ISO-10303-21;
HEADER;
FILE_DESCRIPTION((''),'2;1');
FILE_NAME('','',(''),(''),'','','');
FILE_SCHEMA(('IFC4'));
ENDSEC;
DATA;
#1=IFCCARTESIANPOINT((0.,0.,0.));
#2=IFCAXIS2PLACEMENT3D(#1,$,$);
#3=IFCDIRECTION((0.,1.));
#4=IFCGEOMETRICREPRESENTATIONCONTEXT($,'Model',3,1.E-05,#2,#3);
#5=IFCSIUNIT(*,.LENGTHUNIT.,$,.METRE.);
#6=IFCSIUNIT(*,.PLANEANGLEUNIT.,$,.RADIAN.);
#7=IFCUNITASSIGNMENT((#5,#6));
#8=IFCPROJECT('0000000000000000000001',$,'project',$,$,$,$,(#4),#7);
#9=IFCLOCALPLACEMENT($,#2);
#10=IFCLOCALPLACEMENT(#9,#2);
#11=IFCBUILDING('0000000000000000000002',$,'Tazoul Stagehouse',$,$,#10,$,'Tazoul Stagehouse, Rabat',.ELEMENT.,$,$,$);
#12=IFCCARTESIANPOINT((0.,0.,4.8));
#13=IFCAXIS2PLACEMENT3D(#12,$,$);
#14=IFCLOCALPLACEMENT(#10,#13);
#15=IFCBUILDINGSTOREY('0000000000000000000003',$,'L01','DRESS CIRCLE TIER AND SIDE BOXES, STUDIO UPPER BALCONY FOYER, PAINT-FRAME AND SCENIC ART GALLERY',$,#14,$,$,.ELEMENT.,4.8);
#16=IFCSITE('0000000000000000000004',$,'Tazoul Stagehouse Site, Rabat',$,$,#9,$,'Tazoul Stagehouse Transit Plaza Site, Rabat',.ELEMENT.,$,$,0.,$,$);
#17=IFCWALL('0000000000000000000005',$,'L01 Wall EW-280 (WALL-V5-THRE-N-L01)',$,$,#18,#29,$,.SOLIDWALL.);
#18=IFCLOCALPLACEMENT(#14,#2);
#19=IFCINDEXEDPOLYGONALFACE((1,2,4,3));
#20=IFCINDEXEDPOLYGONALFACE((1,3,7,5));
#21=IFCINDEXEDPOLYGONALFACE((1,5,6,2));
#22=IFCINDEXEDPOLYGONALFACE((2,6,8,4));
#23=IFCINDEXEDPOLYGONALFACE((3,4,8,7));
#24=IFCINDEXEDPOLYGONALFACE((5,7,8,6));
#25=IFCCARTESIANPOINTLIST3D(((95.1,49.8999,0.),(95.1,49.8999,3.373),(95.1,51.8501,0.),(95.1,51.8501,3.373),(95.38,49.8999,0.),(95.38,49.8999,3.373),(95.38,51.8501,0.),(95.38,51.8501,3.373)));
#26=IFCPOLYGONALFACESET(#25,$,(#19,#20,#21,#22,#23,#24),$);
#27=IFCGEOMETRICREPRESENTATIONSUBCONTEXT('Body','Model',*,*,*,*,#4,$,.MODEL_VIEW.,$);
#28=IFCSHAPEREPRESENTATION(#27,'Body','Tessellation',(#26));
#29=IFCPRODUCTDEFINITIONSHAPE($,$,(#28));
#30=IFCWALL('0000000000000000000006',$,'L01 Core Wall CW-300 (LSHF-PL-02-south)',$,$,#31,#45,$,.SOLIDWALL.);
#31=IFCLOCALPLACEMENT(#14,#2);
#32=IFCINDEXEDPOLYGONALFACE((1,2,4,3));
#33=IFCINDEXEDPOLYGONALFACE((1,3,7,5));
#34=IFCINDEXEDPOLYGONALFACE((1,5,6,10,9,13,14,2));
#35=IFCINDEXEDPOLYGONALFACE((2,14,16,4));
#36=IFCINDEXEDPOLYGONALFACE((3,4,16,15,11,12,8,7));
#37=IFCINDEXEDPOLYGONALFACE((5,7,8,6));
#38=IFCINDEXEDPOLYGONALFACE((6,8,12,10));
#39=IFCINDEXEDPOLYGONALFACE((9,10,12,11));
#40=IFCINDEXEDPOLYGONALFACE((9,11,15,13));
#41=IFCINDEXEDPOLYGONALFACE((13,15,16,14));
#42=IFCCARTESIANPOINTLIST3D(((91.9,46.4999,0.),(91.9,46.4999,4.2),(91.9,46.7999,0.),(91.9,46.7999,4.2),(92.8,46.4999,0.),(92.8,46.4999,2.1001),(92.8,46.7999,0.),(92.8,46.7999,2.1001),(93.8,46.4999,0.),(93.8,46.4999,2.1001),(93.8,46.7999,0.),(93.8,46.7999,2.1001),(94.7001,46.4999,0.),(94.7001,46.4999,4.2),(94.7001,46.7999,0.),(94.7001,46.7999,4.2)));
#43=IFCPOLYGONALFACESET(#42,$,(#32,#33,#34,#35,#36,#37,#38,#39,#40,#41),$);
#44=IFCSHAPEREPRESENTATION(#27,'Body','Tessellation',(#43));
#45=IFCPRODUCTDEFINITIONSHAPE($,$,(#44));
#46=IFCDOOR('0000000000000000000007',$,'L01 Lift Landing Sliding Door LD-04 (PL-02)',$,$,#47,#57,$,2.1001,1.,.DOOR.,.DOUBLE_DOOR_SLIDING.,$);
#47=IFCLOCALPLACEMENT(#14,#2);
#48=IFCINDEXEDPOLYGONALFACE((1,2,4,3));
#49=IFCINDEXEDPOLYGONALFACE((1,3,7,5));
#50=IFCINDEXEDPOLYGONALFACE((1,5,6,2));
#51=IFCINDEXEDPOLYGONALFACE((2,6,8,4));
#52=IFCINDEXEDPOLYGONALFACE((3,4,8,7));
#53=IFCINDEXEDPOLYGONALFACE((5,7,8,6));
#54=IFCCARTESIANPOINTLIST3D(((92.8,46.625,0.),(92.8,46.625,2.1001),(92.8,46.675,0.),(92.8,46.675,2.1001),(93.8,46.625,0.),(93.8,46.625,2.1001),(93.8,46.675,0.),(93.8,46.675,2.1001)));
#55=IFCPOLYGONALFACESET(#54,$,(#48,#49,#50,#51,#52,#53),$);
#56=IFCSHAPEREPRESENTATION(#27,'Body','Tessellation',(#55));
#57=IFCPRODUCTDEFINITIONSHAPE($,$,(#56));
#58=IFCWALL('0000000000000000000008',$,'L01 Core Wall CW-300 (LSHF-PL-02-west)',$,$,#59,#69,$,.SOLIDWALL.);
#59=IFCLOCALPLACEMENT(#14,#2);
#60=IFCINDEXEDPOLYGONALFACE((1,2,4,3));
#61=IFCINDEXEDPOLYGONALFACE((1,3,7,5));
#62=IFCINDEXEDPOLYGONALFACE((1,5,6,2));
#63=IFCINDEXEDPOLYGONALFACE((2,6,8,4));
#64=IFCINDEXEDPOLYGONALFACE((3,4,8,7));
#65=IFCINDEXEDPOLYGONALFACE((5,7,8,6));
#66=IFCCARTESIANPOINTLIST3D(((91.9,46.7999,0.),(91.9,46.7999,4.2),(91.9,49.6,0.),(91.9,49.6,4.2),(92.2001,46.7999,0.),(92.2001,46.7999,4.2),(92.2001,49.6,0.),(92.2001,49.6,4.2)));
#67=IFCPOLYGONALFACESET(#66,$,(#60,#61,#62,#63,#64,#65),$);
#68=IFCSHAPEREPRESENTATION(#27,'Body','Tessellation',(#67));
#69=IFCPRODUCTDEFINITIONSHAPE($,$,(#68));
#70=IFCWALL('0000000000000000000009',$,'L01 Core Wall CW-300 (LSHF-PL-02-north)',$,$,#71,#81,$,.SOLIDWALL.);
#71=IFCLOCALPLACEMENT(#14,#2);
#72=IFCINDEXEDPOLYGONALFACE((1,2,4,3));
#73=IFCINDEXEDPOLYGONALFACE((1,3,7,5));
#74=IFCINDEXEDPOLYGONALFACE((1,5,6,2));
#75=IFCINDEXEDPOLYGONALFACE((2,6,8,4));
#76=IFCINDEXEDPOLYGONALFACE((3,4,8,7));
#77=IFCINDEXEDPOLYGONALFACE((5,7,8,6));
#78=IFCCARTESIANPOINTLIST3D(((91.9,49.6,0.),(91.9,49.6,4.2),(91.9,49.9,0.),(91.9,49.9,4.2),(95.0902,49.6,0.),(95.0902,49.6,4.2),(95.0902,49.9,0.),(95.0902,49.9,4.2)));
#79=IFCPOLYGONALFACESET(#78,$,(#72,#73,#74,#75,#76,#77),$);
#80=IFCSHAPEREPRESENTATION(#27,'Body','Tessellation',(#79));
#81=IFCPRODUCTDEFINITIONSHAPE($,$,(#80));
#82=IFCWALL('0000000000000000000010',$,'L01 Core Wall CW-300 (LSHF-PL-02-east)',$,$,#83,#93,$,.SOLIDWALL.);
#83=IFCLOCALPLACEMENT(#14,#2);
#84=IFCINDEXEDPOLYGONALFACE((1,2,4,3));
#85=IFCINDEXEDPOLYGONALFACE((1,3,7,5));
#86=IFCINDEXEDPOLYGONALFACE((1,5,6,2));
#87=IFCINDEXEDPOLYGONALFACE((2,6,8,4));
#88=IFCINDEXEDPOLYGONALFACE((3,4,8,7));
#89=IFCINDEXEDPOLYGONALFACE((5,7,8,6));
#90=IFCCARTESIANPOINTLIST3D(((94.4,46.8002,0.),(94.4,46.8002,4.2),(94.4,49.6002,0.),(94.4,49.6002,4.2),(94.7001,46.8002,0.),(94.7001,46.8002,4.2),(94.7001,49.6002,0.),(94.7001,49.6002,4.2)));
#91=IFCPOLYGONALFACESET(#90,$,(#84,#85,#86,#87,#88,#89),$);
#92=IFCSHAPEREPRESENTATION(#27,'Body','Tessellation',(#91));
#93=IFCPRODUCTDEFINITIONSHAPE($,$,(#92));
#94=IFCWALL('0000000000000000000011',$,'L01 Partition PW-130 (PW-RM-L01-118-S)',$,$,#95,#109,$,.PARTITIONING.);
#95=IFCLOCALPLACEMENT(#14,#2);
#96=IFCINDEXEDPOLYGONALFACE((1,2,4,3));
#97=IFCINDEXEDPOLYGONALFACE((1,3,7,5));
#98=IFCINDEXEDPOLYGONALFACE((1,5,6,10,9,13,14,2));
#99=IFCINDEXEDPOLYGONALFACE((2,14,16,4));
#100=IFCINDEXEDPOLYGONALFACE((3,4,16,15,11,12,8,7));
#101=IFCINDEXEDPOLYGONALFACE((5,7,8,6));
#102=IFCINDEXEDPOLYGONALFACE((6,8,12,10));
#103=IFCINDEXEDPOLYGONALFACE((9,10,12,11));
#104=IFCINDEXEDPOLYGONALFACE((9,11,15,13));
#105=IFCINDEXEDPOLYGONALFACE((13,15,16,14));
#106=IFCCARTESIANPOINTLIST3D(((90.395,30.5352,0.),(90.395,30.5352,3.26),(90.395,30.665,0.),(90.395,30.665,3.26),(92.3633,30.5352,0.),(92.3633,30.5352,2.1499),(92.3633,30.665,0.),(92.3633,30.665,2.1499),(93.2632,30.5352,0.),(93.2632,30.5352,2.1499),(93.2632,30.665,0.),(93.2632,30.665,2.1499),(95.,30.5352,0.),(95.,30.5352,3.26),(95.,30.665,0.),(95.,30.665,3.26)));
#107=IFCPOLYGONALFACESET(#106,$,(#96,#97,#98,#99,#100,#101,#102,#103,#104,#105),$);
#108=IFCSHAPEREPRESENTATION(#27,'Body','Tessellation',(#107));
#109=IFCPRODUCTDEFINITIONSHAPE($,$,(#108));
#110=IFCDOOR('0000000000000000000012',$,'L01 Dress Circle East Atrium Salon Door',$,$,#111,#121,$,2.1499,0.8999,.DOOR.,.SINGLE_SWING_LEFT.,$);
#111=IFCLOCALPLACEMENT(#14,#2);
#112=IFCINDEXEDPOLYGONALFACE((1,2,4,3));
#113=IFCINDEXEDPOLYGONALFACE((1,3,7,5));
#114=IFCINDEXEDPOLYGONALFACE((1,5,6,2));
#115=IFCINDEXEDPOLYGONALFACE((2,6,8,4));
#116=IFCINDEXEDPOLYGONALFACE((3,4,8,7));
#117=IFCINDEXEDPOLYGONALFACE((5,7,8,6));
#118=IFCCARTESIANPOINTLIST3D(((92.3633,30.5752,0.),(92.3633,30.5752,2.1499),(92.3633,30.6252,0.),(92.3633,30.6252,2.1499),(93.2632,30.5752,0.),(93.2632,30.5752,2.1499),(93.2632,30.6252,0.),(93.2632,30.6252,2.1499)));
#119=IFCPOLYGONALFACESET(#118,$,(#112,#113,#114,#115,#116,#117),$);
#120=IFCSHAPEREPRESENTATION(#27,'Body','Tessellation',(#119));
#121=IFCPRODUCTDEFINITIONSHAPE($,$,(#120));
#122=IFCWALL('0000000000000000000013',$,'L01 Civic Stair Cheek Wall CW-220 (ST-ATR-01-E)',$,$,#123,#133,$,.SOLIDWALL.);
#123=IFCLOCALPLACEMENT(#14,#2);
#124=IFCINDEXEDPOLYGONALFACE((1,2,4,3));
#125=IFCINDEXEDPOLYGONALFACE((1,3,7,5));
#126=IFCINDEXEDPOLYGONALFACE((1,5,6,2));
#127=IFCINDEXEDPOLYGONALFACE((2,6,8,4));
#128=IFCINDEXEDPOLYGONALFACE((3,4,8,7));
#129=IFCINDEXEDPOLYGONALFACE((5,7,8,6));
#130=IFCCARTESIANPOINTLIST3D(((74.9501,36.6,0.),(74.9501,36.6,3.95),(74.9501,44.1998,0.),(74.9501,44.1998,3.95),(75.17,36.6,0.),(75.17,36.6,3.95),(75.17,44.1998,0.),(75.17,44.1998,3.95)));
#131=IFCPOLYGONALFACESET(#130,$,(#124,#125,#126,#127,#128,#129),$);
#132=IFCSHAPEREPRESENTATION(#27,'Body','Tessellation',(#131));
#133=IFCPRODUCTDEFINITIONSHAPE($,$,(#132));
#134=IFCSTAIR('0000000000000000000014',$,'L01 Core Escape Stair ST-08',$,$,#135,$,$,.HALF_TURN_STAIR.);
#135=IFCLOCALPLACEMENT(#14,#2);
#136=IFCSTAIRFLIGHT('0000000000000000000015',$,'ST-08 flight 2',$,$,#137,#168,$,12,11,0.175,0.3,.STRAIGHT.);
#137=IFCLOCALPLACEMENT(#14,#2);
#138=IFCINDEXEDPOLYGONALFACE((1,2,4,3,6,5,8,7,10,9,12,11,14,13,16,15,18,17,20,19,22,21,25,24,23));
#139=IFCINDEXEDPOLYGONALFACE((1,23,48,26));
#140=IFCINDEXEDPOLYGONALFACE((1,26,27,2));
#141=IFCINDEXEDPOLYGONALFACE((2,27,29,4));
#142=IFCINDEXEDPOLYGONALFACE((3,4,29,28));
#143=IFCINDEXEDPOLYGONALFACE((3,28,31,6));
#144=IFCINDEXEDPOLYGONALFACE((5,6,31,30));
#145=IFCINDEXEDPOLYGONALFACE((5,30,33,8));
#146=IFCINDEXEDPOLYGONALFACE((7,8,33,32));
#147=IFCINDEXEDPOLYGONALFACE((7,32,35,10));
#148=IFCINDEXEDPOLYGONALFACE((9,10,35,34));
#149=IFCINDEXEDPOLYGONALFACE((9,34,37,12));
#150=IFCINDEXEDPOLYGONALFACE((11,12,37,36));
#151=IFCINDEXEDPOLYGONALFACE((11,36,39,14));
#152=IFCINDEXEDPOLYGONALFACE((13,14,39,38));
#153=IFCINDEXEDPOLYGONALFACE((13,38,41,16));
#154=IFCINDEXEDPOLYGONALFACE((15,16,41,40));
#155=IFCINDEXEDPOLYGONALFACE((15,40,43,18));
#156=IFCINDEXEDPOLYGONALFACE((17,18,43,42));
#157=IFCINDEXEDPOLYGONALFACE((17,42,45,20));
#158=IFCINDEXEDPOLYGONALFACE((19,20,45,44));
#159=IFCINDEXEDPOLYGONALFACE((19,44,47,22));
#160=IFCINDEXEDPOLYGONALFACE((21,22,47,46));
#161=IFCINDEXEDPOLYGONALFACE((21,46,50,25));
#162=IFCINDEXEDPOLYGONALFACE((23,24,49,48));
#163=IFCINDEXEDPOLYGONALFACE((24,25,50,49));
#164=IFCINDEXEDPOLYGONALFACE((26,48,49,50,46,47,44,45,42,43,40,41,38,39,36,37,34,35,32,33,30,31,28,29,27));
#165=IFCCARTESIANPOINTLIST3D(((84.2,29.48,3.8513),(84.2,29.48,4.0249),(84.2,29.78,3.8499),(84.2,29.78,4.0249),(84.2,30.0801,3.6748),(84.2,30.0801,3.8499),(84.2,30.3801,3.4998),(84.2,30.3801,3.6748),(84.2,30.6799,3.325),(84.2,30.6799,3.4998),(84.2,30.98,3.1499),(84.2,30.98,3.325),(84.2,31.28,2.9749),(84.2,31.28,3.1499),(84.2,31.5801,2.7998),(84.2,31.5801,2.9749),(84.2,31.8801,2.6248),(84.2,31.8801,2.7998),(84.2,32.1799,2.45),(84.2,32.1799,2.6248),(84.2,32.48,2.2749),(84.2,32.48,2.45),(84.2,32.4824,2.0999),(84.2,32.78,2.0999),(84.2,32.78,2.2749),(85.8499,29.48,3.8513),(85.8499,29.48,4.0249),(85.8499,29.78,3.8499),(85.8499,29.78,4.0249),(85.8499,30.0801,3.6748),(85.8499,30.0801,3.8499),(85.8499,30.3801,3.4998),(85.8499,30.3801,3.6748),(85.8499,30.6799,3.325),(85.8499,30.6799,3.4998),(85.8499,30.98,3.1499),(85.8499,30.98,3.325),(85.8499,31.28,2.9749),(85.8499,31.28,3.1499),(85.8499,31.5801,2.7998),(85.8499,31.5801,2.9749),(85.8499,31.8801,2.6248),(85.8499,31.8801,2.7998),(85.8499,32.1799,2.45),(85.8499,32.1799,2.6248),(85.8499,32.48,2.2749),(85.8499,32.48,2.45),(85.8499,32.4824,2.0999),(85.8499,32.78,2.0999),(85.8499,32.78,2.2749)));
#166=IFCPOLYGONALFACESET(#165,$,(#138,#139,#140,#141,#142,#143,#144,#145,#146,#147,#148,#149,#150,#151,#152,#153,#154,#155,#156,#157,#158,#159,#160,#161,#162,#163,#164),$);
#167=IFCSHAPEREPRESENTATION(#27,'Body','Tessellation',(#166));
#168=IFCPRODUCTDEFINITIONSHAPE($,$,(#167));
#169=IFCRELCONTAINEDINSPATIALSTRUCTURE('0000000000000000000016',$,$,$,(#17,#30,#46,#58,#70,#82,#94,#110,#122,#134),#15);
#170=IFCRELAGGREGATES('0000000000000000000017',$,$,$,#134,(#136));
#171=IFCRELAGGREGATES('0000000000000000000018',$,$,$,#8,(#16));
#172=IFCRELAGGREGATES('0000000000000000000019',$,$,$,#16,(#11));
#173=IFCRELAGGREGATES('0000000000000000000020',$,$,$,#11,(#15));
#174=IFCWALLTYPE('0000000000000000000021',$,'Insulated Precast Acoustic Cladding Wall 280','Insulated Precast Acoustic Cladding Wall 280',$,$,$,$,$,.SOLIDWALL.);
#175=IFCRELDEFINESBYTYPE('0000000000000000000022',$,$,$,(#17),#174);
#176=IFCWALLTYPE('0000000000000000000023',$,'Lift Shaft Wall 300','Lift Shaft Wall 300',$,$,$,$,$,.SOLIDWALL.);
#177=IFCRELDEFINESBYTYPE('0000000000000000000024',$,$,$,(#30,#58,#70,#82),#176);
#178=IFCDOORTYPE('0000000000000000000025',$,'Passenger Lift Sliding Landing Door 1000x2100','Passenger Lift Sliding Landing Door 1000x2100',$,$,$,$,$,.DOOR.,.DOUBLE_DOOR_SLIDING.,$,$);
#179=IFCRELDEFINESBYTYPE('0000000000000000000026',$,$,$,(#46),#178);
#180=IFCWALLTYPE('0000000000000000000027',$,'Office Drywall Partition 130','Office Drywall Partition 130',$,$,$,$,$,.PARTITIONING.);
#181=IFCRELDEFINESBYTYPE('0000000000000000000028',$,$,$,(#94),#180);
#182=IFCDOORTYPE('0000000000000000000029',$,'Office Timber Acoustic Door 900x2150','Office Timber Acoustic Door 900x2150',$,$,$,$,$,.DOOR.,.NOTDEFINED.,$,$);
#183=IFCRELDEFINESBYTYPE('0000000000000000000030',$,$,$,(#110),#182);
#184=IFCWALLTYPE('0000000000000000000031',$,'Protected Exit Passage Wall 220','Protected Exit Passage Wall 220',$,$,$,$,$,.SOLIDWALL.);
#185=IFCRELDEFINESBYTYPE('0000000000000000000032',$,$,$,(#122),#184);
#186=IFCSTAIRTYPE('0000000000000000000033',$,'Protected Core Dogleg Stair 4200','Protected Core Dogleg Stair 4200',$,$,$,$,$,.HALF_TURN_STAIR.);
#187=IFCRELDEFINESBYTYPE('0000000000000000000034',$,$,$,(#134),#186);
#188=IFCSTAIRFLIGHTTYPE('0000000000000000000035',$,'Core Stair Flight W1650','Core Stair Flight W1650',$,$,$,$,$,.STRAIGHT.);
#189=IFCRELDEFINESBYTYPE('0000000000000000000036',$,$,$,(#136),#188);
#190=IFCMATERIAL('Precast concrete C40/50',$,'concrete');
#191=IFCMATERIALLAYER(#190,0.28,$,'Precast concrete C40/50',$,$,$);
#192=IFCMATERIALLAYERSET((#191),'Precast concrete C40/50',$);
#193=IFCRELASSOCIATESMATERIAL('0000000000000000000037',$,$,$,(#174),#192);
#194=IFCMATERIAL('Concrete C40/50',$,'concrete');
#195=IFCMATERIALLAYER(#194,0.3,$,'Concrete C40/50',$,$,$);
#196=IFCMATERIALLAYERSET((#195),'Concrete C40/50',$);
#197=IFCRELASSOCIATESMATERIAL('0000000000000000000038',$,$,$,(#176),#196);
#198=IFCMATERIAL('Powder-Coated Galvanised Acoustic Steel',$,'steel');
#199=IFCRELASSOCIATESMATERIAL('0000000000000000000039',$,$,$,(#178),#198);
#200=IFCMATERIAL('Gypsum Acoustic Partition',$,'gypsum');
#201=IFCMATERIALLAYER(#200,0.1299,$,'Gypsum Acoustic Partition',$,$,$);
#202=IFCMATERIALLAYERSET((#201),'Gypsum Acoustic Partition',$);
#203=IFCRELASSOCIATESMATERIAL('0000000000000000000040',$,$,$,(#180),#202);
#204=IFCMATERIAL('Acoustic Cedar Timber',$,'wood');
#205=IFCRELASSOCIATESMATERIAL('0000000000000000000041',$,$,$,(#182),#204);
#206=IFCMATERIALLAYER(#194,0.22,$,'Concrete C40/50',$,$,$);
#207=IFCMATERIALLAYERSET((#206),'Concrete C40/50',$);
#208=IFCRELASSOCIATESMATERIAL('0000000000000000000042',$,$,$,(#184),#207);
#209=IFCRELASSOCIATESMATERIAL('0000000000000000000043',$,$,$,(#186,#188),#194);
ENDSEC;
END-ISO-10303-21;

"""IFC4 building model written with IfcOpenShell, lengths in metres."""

from ifc_helpers import new_model, si_unit, direction, frame, frame_2d, origin, place, context, subcontext, project, spatial, polyline, rectangle, outline, extrude, material, layer, layer_set, type_object, element, fill, aggregate, save


model = new_model("IFC4")

# Units and contexts
model_context = context("Model", 3, precision=1e-05, world=origin(), true_north=direction((0.0, 1.0)))
body_context = subcontext(model_context, "Body", "Model", "MODEL_VIEW")
ifc_project = project(units=[si_unit("LENGTHUNIT", "METRE"), si_unit("PLANEANGLEUNIT", "RADIAN")], contexts=[model_context])

# Site, building, storey
site_placement = place(None, origin())
site = spatial("IfcSite", under=ifc_project, at=site_placement, Name="Tazoul Stagehouse Site, Rabat", LongName="Tazoul Stagehouse Transit Plaza Site, Rabat", CompositionType="ELEMENT", RefElevation=0.0)
building_placement = place(site_placement, origin())
building = spatial("IfcBuilding", under=site, at=building_placement, Name="Tazoul Stagehouse", LongName="Tazoul Stagehouse, Rabat", CompositionType="ELEMENT")
storey_placement = place(building_placement, frame((0.0, 0.0, 4.8)))
storey = spatial("IfcBuildingStorey", under=building, at=storey_placement, Name="L01", Description="DRESS CIRCLE TIER AND SIDE BOXES, STUDIO UPPER BALCONY FOYER, PAINT-FRAME AND SCENIC ART GALLERY", CompositionType="ELEMENT", Elevation=4.8)

# Shared definitions
ifc_material_1 = material(Name="Concrete C40/50", Category="concrete")

# Shared definitions
ifc_material_2 = material(Name="Precast concrete C40/50", Category="concrete")
ifc_layer_1 = layer(ifc_material_2, 0.28, Name="Precast concrete C40/50")
ifc_layer_set_1 = layer_set([ifc_layer_1], Name="Precast concrete C40/50")
wall_type_1 = type_object("IfcWallType", Name="Insulated Precast Acoustic Cladding Wall 280", Description="Insulated Precast Acoustic Cladding Wall 280", PredefinedType="SOLIDWALL", material=ifc_layer_set_1)

# Wall
wall_1_placement = place(storey_placement, frame((95.24, 49.8999, 0.0), z_axis=(0.0, 0.0, 1.0), x_axis=(0.0, 1.0, 0.0)))
element("IfcWall", 1, at=wall_1_placement, inside=storey, type_object=wall_type_1, Name="L01 Wall EW-280 (WALL-V5-THRE-N-L01)", PredefinedType="SOLIDWALL", context=body_context, shape_type="SweptSolid", body=[
    extrude(rectangle(XDim=1.9502, YDim=0.28, at=frame_2d((0.9751, 0.0))), origin(), (0.0, 0.0, 1.0), 3.373),
])

# Wall, opening, door
ifc_layer_2 = layer(ifc_material_1, 0.3, Name="Concrete C40/50")
ifc_layer_set_2 = layer_set([ifc_layer_2], Name="Concrete C40/50")
wall_type_2 = type_object("IfcWallType", Name="Lift Shaft Wall 300", Description="Lift Shaft Wall 300", PredefinedType="SOLIDWALL", material=ifc_layer_set_2)
wall_2_placement = place(storey_placement, frame((94.7, 46.6499, 0.0), z_axis=(0.0, 0.0, 1.0), x_axis=(-1.0, 0.0, 0.0)))
wall_2 = element("IfcWall", 2, at=wall_2_placement, inside=storey, type_object=wall_type_2, Name="L01 Core Wall CW-300 (LSHF-PL-02-south)", PredefinedType="SOLIDWALL", context=body_context, shape_type="SweptSolid", body=[
    extrude(rectangle(XDim=2.8, YDim=0.3, at=frame_2d((1.3999, 0.0))), origin(), (0.0, 0.0, 1.0), 4.2),
])
opening_1_placement = place(wall_2_placement, frame((0.8999, 0.0, 0.0)))
opening_1 = element("IfcOpeningElement", 3, at=opening_1_placement, cuts=wall_2, PredefinedType="OPENING", context=body_context, shape_type="SweptSolid", body=[
    extrude(rectangle(XDim=1.0, YDim=2.1001, at=frame_2d((0.5, 1.05))), frame((0.0, 0.1699, 0.0), z_axis=(0.0, -1.0, 0.0), x_axis=(1.0, 0.0, 0.0)), (0.0, 0.0, 1.0), 0.3401),
])
ifc_material_3 = material(Name="Powder-Coated Galvanised Acoustic Steel", Category="steel")
door_type_1 = type_object("IfcDoorType", Name="Passenger Lift Sliding Landing Door 1000x2100", Description="Passenger Lift Sliding Landing Door 1000x2100", OperationType="DOUBLE_DOOR_SLIDING", PredefinedType="DOOR", material=ifc_material_3)
door_1_placement = place(opening_1_placement, origin())
door_1 = element("IfcDoor", 4, at=door_1_placement, inside=storey, type_object=door_type_1, Name="L01 Lift Landing Sliding Door LD-04 (PL-02)", OperationType="DOUBLE_DOOR_SLIDING", OverallHeight=2.1001, OverallWidth=1.0, PredefinedType="DOOR", context=body_context, shape_type="SweptSolid", body=[
    extrude(rectangle(XDim=1.0, YDim=2.1001, at=frame_2d((0.5, 1.05))), frame((0.0, 0.0249, 0.0), z_axis=(0.0, -1.0, 0.0), x_axis=(1.0, 0.0, 0.0)), (0.0, 0.0, 1.0), 0.05),
])
fill(opening_1, door_1)

# Walls
wall_3_placement = place(storey_placement, frame((92.05, 46.8, 0.0), z_axis=(0.0, 0.0, 1.0), x_axis=(0.0, 1.0, 0.0)))
element("IfcWall", 5, at=wall_3_placement, inside=storey, type_object=wall_type_2, Name="L01 Core Wall CW-300 (LSHF-PL-02-west)", PredefinedType="SOLIDWALL", context=body_context, shape_type="SweptSolid", body=[
    extrude(rectangle(XDim=2.8, YDim=0.3, at=frame_2d((1.3999, 0.0))), origin(), (0.0, 0.0, 1.0), 4.2),
])
wall_4_placement = place(storey_placement, frame((91.8999, 49.75, 0.0), z_axis=(0.0, 0.0, 1.0), x_axis=(1.0, 0.0, 0.0)))
element("IfcWall", 6, at=wall_4_placement, inside=storey, type_object=wall_type_2, Name="L01 Core Wall CW-300 (LSHF-PL-02-north)", PredefinedType="SOLIDWALL", context=body_context, shape_type="SweptSolid", body=[
    extrude(rectangle(XDim=3.1902, YDim=0.3, at=frame_2d((1.5952, 0.0))), origin(), (0.0, 0.0, 1.0), 4.2),
])
wall_5_placement = place(storey_placement, frame((94.55, 49.6001, 0.0), z_axis=(0.0, 0.0, 1.0), x_axis=(0.0, -1.0, 0.0)))
element("IfcWall", 7, at=wall_5_placement, inside=storey, type_object=wall_type_2, Name="L01 Core Wall CW-300 (LSHF-PL-02-east)", PredefinedType="SOLIDWALL", context=body_context, shape_type="SweptSolid", body=[
    extrude(rectangle(XDim=2.8, YDim=0.3, at=frame_2d((1.3999, 0.0))), origin(), (0.0, 0.0, 1.0), 4.2),
])

# Wall, opening, door
ifc_material_4 = material(Name="Gypsum Acoustic Partition", Category="gypsum")
ifc_layer_3 = layer(ifc_material_4, 0.1299, Name="Gypsum Acoustic Partition")
ifc_layer_set_3 = layer_set([ifc_layer_3], Name="Gypsum Acoustic Partition")
wall_type_3 = type_object("IfcWallType", Name="Office Drywall Partition 130", Description="Office Drywall Partition 130", PredefinedType="PARTITIONING", material=ifc_layer_set_3)
wall_6_placement = place(storey_placement, frame((95.0, 30.6001, 0.0), z_axis=(0.0, 0.0, 1.0), x_axis=(-1.0, 0.0, 0.0)))
wall_6 = element("IfcWall", 8, at=wall_6_placement, inside=storey, type_object=wall_type_3, Name="L01 Partition PW-130 (PW-RM-L01-118-S)", PredefinedType="PARTITIONING", context=body_context, shape_type="SweptSolid", body=[
    extrude(rectangle(XDim=4.605, YDim=0.1299, at=frame_2d((2.3025, 0.0))), origin(), (0.0, 0.0, 1.0), 3.26),
])
opening_2_placement = place(wall_6_placement, frame((1.7368, 0.0, 0.0)))
opening_2 = element("IfcOpeningElement", 9, at=opening_2_placement, cuts=wall_6, PredefinedType="OPENING", context=body_context, shape_type="SweptSolid", body=[
    extrude(rectangle(XDim=0.8999, YDim=2.1499, at=frame_2d((0.45, 1.075))), frame((0.0, 0.085, 0.0), z_axis=(0.0, -1.0, 0.0), x_axis=(1.0, 0.0, 0.0)), (0.0, 0.0, 1.0), 0.1699),
])
ifc_material_5 = material(Name="Acoustic Cedar Timber", Category="wood")
door_type_2 = type_object("IfcDoorType", Name="Office Timber Acoustic Door 900x2150", Description="Office Timber Acoustic Door 900x2150", OperationType="NOTDEFINED", PredefinedType="DOOR", material=ifc_material_5)
door_2_placement = place(opening_2_placement, origin())
door_2 = element("IfcDoor", 10, at=door_2_placement, inside=storey, type_object=door_type_2, Name="L01 Dress Circle East Atrium Salon Door", OperationType="SINGLE_SWING_LEFT", OverallHeight=2.1499, OverallWidth=0.8999, PredefinedType="DOOR", context=body_context, shape_type="SweptSolid", body=[
    extrude(rectangle(XDim=0.8999, YDim=2.1499, at=frame_2d((0.45, 1.075))), frame((0.0, 0.0249, 0.0), z_axis=(0.0, -1.0, 0.0), x_axis=(1.0, 0.0, 0.0)), (0.0, 0.0, 1.0), 0.05),
])
fill(opening_2, door_2)

# Wall
ifc_layer_4 = layer(ifc_material_1, 0.22, Name="Concrete C40/50")
ifc_layer_set_4 = layer_set([ifc_layer_4], Name="Concrete C40/50")
wall_type_4 = type_object("IfcWallType", Name="Protected Exit Passage Wall 220", Description="Protected Exit Passage Wall 220", PredefinedType="SOLIDWALL", material=ifc_layer_set_4)
wall_7_placement = place(storey_placement, frame((75.0601, 36.6001, 0.0), z_axis=(0.0, 0.0, 1.0), x_axis=(0.0, 1.0, 0.0)))
element("IfcWall", 11, at=wall_7_placement, inside=storey, type_object=wall_type_4, Name="L01 Civic Stair Cheek Wall CW-220 (ST-ATR-01-E)", PredefinedType="SOLIDWALL", context=body_context, shape_type="SweptSolid", body=[
    extrude(rectangle(XDim=7.5999, YDim=0.22, at=frame_2d((3.7998, 0.0))), origin(), (0.0, 0.0, 1.0), 3.95),
])

# Stair, stair flight
stair_type = type_object("IfcStairType", Name="Protected Core Dogleg Stair 4200", Description="Protected Core Dogleg Stair 4200", PredefinedType="HALF_TURN_STAIR", material=ifc_material_1)
stair_placement = place(storey_placement, origin())
stair = element("IfcStair", 12, at=stair_placement, inside=storey, type_object=stair_type, Name="L01 Core Escape Stair ST-08", PredefinedType="HALF_TURN_STAIR")
stair_flight_type = type_object("IfcStairFlightType", Name="Core Stair Flight W1650", Description="Core Stair Flight W1650", PredefinedType="STRAIGHT", material=ifc_material_1)
stair_flight_placement = place(storey_placement, frame((85.0249, 32.78, 2.0999), z_axis=(0.0, 0.0, 1.0), x_axis=(0.0, -1.0, 0.0)))
stair_flight = element("IfcStairFlight", 13, at=stair_flight_placement, type_object=stair_flight_type, Name="ST-08 flight 2", NumberOfRisers=12, NumberOfTreads=11, PredefinedType="STRAIGHT", RiserHeight=0.175, TreadLength=0.3, context=body_context, shape_type="SweptSolid", body=[
    extrude(outline(polyline([(0.0, 0.0), (0.0, 0.175), (0.3, 0.175), (0.3, 0.3501), (0.6001, 0.3501), (0.6001, 0.5249), (0.8999, 0.5249), (0.8999, 0.7), (1.2, 0.7), (1.2, 0.875), (1.5, 0.875), (1.5, 1.05), (1.8, 1.05), (1.8, 1.2251), (2.1001, 1.2251), (2.1001, 1.3999), (2.3999, 1.3999), (2.3999, 1.575), (2.7, 1.575), (2.7, 1.75), (3.0, 1.75), (3.0, 1.925), (3.3, 1.925), (3.3, 2.1001), (3.3, 1.7515), (0.2976, 0.0), (0.0, 0.0)])), frame((0.0, 0.825, 0.0), z_axis=(0.0, -1.0, 0.0), x_axis=(1.0, 0.0, 0.0)), (0.0, 0.0, 1.0), 1.6499),
])
aggregate(stair, [stair_flight])

save(model, "model.ifc")
